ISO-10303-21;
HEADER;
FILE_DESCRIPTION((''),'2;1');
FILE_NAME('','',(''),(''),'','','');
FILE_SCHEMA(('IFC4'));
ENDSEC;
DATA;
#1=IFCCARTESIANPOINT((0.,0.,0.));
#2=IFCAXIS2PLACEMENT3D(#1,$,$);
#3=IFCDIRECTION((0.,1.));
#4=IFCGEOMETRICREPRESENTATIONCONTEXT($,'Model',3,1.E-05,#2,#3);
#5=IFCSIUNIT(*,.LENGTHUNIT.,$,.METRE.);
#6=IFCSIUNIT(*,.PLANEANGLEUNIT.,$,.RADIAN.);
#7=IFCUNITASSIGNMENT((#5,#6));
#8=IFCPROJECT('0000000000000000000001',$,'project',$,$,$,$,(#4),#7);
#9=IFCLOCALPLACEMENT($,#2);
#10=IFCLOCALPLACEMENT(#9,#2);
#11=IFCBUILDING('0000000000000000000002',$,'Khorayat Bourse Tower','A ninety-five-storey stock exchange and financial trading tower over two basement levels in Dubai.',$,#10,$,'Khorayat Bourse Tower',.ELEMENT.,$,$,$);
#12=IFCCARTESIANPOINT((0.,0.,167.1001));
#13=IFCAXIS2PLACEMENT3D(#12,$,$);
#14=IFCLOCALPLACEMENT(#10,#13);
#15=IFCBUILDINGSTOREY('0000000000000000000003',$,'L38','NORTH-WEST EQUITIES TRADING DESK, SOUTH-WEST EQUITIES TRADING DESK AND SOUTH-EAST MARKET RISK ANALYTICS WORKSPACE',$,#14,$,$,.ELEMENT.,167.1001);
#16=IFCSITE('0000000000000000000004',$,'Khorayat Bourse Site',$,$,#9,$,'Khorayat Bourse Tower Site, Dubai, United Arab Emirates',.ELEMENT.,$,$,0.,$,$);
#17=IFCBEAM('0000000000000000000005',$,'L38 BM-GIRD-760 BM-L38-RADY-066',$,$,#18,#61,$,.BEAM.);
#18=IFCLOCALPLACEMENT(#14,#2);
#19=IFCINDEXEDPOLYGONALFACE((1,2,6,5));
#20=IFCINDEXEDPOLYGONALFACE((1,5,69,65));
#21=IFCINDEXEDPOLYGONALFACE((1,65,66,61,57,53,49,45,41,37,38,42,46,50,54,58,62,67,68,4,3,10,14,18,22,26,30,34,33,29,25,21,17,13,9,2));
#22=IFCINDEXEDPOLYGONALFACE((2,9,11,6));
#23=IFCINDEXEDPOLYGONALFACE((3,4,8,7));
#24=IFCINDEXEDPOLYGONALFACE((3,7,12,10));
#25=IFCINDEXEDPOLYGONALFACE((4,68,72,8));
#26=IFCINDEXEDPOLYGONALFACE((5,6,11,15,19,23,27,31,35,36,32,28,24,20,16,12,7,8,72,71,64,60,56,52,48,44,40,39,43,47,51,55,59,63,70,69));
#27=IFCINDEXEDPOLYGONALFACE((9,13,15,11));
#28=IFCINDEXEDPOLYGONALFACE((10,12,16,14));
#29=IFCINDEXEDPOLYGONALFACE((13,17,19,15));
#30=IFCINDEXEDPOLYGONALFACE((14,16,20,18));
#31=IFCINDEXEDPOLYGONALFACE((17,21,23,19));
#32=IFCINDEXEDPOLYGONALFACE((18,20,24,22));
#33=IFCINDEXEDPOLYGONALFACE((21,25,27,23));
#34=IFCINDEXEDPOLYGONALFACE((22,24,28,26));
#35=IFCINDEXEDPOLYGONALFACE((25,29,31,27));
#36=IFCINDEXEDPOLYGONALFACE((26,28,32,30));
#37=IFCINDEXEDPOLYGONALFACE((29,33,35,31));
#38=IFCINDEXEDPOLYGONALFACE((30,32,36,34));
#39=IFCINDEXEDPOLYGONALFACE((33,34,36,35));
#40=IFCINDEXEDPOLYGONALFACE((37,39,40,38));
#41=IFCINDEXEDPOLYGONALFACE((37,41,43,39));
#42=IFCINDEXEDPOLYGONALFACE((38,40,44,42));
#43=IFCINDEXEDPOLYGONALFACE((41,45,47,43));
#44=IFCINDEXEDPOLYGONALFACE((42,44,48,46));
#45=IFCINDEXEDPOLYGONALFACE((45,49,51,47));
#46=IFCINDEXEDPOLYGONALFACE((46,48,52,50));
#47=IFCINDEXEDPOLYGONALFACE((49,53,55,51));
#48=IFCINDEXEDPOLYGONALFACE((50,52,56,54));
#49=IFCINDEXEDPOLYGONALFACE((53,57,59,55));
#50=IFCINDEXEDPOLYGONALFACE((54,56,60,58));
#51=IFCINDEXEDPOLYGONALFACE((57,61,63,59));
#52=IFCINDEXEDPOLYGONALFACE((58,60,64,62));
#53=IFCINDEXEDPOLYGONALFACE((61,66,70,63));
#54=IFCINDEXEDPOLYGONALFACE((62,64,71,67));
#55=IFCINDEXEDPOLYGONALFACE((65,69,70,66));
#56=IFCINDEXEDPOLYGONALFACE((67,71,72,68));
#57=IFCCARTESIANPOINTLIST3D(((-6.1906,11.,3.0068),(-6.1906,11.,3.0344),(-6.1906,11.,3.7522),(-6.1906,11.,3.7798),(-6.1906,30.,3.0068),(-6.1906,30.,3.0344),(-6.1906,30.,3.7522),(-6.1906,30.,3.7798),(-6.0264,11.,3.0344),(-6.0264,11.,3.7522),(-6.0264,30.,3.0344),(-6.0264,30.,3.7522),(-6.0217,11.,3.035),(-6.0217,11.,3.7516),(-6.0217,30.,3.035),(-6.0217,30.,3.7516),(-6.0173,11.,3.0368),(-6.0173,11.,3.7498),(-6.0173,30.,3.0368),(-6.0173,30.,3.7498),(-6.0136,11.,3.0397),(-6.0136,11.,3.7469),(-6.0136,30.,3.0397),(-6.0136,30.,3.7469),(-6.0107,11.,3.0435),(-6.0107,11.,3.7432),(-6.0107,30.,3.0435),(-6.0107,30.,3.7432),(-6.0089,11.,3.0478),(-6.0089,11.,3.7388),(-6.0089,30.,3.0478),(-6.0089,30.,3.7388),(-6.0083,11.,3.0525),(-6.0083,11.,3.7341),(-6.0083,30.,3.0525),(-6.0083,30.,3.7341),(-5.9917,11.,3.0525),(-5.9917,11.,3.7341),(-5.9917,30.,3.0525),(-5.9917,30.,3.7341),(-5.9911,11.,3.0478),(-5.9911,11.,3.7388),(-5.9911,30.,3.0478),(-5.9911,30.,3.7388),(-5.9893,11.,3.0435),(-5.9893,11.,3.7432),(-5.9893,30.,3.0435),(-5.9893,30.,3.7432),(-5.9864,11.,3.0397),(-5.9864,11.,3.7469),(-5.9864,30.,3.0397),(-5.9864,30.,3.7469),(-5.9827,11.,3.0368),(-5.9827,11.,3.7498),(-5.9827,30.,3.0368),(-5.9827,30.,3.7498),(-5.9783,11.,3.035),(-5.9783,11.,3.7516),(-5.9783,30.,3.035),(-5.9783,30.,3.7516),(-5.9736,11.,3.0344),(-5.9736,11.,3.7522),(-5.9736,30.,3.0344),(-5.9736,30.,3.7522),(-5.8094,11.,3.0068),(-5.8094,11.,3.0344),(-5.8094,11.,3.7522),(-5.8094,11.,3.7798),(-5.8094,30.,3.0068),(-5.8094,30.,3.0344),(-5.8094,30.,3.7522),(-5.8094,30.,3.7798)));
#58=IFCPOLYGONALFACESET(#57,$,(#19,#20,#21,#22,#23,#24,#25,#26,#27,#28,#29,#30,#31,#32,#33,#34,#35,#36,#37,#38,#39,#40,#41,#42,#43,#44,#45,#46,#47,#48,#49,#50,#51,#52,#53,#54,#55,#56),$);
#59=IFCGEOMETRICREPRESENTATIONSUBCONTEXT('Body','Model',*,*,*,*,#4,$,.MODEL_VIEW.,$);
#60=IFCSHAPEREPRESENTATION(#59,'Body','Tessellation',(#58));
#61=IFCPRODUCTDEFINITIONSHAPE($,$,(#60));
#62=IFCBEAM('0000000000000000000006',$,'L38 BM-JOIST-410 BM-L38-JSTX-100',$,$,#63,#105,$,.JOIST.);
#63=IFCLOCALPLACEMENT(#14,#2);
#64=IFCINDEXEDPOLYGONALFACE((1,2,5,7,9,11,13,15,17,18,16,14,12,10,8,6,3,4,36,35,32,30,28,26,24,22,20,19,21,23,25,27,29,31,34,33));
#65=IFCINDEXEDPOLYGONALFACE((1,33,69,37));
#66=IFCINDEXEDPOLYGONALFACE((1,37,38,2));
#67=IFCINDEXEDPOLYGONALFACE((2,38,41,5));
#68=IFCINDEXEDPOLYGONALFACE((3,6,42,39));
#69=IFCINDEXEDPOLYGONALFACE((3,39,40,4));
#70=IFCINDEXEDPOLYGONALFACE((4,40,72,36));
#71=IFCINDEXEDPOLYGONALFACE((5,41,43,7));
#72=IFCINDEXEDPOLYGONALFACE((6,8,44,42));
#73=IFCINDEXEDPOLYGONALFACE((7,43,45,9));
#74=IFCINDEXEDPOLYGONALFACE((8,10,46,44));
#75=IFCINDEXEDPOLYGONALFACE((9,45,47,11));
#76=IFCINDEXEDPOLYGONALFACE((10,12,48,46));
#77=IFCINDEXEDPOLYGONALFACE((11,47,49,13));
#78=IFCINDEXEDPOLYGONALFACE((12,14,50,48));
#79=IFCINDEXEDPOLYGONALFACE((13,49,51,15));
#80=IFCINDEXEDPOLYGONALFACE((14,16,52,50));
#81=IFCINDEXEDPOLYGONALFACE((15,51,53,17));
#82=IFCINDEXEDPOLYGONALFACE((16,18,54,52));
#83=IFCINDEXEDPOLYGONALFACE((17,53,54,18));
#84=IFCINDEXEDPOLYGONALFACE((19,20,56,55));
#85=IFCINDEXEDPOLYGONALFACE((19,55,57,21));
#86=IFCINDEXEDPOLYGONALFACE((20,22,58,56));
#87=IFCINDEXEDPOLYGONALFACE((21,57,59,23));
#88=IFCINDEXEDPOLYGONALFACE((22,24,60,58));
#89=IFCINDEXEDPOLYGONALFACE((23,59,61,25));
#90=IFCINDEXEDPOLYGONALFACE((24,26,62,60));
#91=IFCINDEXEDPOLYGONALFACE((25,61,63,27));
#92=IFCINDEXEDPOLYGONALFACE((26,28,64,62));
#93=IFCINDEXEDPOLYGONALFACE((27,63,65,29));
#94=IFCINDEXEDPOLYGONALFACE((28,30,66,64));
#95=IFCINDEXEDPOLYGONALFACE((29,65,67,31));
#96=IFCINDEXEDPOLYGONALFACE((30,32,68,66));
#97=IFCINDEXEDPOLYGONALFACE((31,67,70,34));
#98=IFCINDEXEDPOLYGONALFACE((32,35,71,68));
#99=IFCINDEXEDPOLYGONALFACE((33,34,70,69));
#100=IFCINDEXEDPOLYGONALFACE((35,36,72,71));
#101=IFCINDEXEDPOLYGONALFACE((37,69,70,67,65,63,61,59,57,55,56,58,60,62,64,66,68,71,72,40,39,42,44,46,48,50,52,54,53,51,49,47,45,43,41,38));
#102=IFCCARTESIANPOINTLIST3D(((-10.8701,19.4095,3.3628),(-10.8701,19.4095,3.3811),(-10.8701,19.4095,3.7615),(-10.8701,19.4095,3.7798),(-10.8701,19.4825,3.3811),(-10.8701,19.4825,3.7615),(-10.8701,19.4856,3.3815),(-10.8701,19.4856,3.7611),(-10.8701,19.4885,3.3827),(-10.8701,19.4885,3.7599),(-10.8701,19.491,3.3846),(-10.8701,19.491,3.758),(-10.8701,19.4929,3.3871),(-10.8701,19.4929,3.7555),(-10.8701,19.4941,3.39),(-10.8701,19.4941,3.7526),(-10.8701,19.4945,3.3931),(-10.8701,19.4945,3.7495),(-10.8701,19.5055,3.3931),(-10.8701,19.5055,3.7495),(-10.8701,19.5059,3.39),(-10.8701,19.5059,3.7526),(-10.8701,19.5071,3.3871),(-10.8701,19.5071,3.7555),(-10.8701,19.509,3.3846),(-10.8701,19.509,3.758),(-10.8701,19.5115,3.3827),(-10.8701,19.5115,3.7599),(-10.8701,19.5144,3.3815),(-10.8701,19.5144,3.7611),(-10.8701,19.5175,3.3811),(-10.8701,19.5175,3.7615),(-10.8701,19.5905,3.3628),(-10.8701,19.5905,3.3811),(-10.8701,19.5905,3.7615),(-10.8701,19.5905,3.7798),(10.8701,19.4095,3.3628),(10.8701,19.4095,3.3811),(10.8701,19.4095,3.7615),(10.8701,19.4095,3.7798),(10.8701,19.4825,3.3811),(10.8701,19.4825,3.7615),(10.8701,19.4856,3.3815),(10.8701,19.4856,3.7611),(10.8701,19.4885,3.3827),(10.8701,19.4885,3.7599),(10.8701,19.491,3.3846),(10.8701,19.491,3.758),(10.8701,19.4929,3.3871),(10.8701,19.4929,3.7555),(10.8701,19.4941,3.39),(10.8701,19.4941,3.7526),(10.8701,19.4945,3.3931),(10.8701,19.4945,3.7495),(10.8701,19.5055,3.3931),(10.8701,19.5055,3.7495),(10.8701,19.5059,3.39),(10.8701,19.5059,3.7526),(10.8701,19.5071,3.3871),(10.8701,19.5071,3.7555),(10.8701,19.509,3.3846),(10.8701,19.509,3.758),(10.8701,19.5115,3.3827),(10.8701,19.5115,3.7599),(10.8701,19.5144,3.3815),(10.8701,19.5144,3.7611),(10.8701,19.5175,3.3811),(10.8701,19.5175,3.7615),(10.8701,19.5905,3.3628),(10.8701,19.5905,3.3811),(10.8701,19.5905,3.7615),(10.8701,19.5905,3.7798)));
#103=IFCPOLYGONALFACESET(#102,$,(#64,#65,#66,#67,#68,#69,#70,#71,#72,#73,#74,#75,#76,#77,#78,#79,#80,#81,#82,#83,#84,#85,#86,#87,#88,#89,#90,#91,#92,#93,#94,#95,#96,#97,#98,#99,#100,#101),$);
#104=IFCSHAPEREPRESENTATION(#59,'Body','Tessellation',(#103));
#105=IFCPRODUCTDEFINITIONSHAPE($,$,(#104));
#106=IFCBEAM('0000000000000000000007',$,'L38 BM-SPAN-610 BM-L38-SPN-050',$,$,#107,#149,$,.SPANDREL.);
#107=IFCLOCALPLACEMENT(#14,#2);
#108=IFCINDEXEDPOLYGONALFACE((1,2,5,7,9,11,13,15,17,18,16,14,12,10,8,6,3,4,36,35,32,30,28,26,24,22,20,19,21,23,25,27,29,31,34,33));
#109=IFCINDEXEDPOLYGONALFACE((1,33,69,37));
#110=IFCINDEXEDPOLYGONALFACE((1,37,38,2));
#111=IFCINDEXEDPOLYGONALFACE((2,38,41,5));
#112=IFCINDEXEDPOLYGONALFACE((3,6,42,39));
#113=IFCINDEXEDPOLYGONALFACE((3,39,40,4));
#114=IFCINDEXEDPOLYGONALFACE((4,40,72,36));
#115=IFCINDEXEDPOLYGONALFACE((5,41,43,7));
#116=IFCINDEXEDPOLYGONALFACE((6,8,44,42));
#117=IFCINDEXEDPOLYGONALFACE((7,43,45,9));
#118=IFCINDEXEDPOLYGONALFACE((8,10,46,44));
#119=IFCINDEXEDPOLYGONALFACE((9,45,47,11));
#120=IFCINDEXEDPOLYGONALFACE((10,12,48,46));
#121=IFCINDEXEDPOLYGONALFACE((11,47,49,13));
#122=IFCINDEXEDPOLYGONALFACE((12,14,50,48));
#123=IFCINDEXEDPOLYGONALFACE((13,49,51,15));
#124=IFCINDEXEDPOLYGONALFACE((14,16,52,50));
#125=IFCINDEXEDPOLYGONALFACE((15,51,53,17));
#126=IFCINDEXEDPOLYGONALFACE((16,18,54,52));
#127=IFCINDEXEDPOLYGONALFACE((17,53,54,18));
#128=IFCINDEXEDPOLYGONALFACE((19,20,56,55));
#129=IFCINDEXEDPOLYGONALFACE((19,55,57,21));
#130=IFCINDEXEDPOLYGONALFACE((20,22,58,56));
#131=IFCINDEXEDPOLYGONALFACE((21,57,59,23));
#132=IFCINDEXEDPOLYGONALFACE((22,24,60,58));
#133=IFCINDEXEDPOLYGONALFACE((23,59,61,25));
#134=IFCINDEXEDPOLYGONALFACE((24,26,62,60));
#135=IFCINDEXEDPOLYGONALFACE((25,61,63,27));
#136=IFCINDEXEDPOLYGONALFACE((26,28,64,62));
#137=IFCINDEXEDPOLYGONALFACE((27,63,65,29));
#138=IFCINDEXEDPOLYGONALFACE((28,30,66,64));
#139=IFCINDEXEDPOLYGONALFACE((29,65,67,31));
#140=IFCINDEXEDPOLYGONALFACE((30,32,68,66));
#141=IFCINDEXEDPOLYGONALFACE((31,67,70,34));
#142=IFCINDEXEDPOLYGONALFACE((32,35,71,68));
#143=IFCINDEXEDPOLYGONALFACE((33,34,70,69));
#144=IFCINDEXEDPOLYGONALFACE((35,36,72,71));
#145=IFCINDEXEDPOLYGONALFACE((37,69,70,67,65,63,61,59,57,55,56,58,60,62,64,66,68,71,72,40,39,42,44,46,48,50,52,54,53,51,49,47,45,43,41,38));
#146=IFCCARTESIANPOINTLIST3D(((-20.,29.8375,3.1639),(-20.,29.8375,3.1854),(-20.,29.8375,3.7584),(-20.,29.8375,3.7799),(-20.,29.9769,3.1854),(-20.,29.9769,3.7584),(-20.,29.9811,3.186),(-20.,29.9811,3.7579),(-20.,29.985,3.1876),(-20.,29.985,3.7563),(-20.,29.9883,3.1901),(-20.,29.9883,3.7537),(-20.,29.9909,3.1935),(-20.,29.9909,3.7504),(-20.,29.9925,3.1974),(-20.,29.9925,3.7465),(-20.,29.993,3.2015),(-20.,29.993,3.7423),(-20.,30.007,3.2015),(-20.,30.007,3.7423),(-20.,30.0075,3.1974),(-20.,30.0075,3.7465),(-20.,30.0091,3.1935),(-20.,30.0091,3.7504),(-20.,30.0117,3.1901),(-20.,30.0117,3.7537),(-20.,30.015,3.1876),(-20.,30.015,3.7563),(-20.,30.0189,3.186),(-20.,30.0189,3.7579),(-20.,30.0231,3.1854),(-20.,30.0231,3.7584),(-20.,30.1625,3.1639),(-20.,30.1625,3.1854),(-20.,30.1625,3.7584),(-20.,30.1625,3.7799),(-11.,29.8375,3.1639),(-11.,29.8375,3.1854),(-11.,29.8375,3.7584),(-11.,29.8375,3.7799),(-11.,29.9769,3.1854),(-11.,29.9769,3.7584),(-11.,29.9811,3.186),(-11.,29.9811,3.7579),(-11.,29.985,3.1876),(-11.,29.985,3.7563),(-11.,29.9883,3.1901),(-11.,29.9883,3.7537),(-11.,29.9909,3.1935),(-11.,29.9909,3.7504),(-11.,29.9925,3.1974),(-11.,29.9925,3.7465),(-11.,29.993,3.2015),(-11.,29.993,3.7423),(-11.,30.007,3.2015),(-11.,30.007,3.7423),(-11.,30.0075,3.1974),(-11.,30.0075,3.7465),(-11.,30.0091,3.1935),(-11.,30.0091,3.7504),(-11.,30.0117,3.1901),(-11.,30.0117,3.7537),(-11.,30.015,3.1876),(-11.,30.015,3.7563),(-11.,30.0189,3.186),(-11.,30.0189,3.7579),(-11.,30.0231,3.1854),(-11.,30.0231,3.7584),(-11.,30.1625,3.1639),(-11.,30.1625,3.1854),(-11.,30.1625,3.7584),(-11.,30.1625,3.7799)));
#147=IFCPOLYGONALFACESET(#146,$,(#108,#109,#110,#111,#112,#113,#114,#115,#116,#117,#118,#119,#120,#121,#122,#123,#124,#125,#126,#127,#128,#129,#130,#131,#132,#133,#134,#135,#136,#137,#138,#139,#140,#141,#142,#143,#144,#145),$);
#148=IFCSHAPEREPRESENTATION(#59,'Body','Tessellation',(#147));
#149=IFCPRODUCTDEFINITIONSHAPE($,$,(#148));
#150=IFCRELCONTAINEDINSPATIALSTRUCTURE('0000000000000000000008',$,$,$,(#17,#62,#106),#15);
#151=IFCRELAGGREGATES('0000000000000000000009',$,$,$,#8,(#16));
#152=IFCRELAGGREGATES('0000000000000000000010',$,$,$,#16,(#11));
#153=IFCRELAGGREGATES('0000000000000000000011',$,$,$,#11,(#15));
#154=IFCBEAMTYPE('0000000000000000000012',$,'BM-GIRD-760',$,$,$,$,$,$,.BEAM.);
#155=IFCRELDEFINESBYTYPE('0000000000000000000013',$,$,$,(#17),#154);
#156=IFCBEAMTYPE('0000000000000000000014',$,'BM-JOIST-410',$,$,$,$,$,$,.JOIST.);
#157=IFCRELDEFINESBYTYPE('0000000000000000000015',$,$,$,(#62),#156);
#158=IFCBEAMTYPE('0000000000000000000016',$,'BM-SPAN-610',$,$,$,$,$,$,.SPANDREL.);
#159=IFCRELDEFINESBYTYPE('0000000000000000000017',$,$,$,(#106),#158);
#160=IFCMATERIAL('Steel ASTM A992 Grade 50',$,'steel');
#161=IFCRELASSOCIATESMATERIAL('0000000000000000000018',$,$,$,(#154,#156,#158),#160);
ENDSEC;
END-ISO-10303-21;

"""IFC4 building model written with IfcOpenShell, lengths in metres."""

from ifc_helpers import new_model, si_unit, direction, frame, origin, origin_2d, place, context, subcontext, project, spatial, i_section, extrude, source, transform, mapped, material, material_profile, profile_set, type_object, element, save


model = new_model("IFC4")

# Units and contexts
model_context = context("Model", 3, precision=1e-05, world=origin(), true_north=direction((0.0, 1.0)))
body_context = subcontext(model_context, "Body", "Model", "MODEL_VIEW")
ifc_project = project(units=[si_unit("LENGTHUNIT", "METRE"), si_unit("PLANEANGLEUNIT", "RADIAN")], contexts=[model_context])

# Site, building, storey
site_placement = place(None, origin())
site = spatial("IfcSite", under=ifc_project, at=site_placement, Name="Khorayat Bourse Site", LongName="Khorayat Bourse Tower Site, Dubai, United Arab Emirates", CompositionType="ELEMENT", RefElevation=0.0)
building_placement = place(site_placement, origin())
building = spatial("IfcBuilding", under=site, at=building_placement, Name="Khorayat Bourse Tower", Description="A ninety-five-storey stock exchange and financial trading tower over two basement levels in Dubai.", LongName="Khorayat Bourse Tower", CompositionType="ELEMENT")
storey_placement = place(building_placement, frame((0.0, 0.0, 167.1001)))
storey = spatial("IfcBuildingStorey", under=building, at=storey_placement, Name="L38", Description="NORTH-WEST EQUITIES TRADING DESK, SOUTH-WEST EQUITIES TRADING DESK AND SOUTH-EAST MARKET RISK ANALYTICS WORKSPACE", CompositionType="ELEMENT", Elevation=167.1001)

# Beams
ifc_material_1 = material(Name="Steel ASTM A992 Grade 50", Category="steel")
ifc_material_profile_1 = material_profile(ifc_material_1, i_section(OverallWidth=0.3811, OverallDepth=0.7729, WebThickness=0.0166, FlangeThickness=0.0276, FilletRadius=0.0181, at=origin_2d()), Name="W760X257")
ifc_profile_set_1 = profile_set([ifc_material_profile_1], Name="Steel ASTM A992 Grade 50")
beam_type_1 = type_object("IfcBeamType", Name="BM-GIRD-760", PredefinedType="BEAM", material=ifc_profile_set_1)
shared_shape_1 = source(origin(), body_context, "Body", "SweptSolid", [
    extrude(i_section(OverallWidth=0.3811, OverallDepth=0.7729, WebThickness=0.0166, FlangeThickness=0.0276, FilletRadius=0.0181, at=origin_2d()), origin(), (0.0, 0.0, 1.0), 19.0),
])
for number, where, z_axis, x_axis, name in (
    (1, (-6.0, 11.0, 3.3933), (0.0, 1.0, 0.0), (-1.0, 0.0, 0.0), "L38 BM-GIRD-760 BM-L38-RADY-066"),
):
    element("IfcBeam", number, at=place(storey_placement, frame(where, z_axis=z_axis, x_axis=x_axis)), inside=storey, type_object=beam_type_1, Name=name, PredefinedType="BEAM", context=body_context, shape_type="MappedRepresentation", body=[
        mapped(shared_shape_1, transform((0.0, 0.0, 0.0), scale=1.0)),
    ])
ifc_material_profile_2 = material_profile(ifc_material_1, i_section(OverallWidth=0.1809, OverallDepth=0.417, WebThickness=0.011, FlangeThickness=0.0183, FilletRadius=0.012, at=origin_2d()), Name="W410X85")
ifc_profile_set_2 = profile_set([ifc_material_profile_2], Name="Steel ASTM A992 Grade 50")
beam_type_2 = type_object("IfcBeamType", Name="BM-JOIST-410", PredefinedType="JOIST", material=ifc_profile_set_2)
shared_shape_2 = source(origin(), body_context, "Body", "SweptSolid", [
    extrude(i_section(OverallWidth=0.1809, OverallDepth=0.417, WebThickness=0.011, FlangeThickness=0.0183, FilletRadius=0.012, at=origin_2d()), origin(), (0.0, 0.0, 1.0), 21.7402),
])
beam_1_placement = place(storey_placement, frame((-10.8701, 19.5, 3.5713), z_axis=(1.0, 0.0, 0.0), x_axis=(0.0, 1.0, 0.0)))
element("IfcBeam", 2, at=beam_1_placement, inside=storey, type_object=beam_type_2, Name="L38 BM-JOIST-410 BM-L38-JSTX-100", PredefinedType="JOIST", context=body_context, shape_type="MappedRepresentation", body=[
    mapped(shared_shape_2, transform((0.0, 0.0, 0.0), scale=1.0)),
])
ifc_material_profile_3 = material_profile(ifc_material_1, i_section(OverallWidth=0.325, OverallDepth=0.616, WebThickness=0.0139, FlangeThickness=0.0215, FilletRadius=0.0161, at=origin_2d()), Name="W610X174")
ifc_profile_set_3 = profile_set([ifc_material_profile_3], Name="Steel ASTM A992 Grade 50")
beam_type_3 = type_object("IfcBeamType", Name="BM-SPAN-610", PredefinedType="SPANDREL", material=ifc_profile_set_3)
shared_shape_3 = source(origin(), body_context, "Body", "SweptSolid", [
    extrude(i_section(OverallWidth=0.325, OverallDepth=0.616, WebThickness=0.0139, FlangeThickness=0.0215, FilletRadius=0.0161, at=origin_2d()), origin(), (0.0, 0.0, 1.0), 9.0),
])
beam_2_placement = place(storey_placement, frame((-20.0, 30.0, 3.4719), z_axis=(1.0, 0.0, 0.0), x_axis=(0.0, 1.0, 0.0)))
element("IfcBeam", 3, at=beam_2_placement, inside=storey, type_object=beam_type_3, Name="L38 BM-SPAN-610 BM-L38-SPN-050", PredefinedType="SPANDREL", context=body_context, shape_type="MappedRepresentation", body=[
    mapped(shared_shape_3, transform((0.0, 0.0, 0.0), scale=1.0)),
])

save(model, "model.ifc")
